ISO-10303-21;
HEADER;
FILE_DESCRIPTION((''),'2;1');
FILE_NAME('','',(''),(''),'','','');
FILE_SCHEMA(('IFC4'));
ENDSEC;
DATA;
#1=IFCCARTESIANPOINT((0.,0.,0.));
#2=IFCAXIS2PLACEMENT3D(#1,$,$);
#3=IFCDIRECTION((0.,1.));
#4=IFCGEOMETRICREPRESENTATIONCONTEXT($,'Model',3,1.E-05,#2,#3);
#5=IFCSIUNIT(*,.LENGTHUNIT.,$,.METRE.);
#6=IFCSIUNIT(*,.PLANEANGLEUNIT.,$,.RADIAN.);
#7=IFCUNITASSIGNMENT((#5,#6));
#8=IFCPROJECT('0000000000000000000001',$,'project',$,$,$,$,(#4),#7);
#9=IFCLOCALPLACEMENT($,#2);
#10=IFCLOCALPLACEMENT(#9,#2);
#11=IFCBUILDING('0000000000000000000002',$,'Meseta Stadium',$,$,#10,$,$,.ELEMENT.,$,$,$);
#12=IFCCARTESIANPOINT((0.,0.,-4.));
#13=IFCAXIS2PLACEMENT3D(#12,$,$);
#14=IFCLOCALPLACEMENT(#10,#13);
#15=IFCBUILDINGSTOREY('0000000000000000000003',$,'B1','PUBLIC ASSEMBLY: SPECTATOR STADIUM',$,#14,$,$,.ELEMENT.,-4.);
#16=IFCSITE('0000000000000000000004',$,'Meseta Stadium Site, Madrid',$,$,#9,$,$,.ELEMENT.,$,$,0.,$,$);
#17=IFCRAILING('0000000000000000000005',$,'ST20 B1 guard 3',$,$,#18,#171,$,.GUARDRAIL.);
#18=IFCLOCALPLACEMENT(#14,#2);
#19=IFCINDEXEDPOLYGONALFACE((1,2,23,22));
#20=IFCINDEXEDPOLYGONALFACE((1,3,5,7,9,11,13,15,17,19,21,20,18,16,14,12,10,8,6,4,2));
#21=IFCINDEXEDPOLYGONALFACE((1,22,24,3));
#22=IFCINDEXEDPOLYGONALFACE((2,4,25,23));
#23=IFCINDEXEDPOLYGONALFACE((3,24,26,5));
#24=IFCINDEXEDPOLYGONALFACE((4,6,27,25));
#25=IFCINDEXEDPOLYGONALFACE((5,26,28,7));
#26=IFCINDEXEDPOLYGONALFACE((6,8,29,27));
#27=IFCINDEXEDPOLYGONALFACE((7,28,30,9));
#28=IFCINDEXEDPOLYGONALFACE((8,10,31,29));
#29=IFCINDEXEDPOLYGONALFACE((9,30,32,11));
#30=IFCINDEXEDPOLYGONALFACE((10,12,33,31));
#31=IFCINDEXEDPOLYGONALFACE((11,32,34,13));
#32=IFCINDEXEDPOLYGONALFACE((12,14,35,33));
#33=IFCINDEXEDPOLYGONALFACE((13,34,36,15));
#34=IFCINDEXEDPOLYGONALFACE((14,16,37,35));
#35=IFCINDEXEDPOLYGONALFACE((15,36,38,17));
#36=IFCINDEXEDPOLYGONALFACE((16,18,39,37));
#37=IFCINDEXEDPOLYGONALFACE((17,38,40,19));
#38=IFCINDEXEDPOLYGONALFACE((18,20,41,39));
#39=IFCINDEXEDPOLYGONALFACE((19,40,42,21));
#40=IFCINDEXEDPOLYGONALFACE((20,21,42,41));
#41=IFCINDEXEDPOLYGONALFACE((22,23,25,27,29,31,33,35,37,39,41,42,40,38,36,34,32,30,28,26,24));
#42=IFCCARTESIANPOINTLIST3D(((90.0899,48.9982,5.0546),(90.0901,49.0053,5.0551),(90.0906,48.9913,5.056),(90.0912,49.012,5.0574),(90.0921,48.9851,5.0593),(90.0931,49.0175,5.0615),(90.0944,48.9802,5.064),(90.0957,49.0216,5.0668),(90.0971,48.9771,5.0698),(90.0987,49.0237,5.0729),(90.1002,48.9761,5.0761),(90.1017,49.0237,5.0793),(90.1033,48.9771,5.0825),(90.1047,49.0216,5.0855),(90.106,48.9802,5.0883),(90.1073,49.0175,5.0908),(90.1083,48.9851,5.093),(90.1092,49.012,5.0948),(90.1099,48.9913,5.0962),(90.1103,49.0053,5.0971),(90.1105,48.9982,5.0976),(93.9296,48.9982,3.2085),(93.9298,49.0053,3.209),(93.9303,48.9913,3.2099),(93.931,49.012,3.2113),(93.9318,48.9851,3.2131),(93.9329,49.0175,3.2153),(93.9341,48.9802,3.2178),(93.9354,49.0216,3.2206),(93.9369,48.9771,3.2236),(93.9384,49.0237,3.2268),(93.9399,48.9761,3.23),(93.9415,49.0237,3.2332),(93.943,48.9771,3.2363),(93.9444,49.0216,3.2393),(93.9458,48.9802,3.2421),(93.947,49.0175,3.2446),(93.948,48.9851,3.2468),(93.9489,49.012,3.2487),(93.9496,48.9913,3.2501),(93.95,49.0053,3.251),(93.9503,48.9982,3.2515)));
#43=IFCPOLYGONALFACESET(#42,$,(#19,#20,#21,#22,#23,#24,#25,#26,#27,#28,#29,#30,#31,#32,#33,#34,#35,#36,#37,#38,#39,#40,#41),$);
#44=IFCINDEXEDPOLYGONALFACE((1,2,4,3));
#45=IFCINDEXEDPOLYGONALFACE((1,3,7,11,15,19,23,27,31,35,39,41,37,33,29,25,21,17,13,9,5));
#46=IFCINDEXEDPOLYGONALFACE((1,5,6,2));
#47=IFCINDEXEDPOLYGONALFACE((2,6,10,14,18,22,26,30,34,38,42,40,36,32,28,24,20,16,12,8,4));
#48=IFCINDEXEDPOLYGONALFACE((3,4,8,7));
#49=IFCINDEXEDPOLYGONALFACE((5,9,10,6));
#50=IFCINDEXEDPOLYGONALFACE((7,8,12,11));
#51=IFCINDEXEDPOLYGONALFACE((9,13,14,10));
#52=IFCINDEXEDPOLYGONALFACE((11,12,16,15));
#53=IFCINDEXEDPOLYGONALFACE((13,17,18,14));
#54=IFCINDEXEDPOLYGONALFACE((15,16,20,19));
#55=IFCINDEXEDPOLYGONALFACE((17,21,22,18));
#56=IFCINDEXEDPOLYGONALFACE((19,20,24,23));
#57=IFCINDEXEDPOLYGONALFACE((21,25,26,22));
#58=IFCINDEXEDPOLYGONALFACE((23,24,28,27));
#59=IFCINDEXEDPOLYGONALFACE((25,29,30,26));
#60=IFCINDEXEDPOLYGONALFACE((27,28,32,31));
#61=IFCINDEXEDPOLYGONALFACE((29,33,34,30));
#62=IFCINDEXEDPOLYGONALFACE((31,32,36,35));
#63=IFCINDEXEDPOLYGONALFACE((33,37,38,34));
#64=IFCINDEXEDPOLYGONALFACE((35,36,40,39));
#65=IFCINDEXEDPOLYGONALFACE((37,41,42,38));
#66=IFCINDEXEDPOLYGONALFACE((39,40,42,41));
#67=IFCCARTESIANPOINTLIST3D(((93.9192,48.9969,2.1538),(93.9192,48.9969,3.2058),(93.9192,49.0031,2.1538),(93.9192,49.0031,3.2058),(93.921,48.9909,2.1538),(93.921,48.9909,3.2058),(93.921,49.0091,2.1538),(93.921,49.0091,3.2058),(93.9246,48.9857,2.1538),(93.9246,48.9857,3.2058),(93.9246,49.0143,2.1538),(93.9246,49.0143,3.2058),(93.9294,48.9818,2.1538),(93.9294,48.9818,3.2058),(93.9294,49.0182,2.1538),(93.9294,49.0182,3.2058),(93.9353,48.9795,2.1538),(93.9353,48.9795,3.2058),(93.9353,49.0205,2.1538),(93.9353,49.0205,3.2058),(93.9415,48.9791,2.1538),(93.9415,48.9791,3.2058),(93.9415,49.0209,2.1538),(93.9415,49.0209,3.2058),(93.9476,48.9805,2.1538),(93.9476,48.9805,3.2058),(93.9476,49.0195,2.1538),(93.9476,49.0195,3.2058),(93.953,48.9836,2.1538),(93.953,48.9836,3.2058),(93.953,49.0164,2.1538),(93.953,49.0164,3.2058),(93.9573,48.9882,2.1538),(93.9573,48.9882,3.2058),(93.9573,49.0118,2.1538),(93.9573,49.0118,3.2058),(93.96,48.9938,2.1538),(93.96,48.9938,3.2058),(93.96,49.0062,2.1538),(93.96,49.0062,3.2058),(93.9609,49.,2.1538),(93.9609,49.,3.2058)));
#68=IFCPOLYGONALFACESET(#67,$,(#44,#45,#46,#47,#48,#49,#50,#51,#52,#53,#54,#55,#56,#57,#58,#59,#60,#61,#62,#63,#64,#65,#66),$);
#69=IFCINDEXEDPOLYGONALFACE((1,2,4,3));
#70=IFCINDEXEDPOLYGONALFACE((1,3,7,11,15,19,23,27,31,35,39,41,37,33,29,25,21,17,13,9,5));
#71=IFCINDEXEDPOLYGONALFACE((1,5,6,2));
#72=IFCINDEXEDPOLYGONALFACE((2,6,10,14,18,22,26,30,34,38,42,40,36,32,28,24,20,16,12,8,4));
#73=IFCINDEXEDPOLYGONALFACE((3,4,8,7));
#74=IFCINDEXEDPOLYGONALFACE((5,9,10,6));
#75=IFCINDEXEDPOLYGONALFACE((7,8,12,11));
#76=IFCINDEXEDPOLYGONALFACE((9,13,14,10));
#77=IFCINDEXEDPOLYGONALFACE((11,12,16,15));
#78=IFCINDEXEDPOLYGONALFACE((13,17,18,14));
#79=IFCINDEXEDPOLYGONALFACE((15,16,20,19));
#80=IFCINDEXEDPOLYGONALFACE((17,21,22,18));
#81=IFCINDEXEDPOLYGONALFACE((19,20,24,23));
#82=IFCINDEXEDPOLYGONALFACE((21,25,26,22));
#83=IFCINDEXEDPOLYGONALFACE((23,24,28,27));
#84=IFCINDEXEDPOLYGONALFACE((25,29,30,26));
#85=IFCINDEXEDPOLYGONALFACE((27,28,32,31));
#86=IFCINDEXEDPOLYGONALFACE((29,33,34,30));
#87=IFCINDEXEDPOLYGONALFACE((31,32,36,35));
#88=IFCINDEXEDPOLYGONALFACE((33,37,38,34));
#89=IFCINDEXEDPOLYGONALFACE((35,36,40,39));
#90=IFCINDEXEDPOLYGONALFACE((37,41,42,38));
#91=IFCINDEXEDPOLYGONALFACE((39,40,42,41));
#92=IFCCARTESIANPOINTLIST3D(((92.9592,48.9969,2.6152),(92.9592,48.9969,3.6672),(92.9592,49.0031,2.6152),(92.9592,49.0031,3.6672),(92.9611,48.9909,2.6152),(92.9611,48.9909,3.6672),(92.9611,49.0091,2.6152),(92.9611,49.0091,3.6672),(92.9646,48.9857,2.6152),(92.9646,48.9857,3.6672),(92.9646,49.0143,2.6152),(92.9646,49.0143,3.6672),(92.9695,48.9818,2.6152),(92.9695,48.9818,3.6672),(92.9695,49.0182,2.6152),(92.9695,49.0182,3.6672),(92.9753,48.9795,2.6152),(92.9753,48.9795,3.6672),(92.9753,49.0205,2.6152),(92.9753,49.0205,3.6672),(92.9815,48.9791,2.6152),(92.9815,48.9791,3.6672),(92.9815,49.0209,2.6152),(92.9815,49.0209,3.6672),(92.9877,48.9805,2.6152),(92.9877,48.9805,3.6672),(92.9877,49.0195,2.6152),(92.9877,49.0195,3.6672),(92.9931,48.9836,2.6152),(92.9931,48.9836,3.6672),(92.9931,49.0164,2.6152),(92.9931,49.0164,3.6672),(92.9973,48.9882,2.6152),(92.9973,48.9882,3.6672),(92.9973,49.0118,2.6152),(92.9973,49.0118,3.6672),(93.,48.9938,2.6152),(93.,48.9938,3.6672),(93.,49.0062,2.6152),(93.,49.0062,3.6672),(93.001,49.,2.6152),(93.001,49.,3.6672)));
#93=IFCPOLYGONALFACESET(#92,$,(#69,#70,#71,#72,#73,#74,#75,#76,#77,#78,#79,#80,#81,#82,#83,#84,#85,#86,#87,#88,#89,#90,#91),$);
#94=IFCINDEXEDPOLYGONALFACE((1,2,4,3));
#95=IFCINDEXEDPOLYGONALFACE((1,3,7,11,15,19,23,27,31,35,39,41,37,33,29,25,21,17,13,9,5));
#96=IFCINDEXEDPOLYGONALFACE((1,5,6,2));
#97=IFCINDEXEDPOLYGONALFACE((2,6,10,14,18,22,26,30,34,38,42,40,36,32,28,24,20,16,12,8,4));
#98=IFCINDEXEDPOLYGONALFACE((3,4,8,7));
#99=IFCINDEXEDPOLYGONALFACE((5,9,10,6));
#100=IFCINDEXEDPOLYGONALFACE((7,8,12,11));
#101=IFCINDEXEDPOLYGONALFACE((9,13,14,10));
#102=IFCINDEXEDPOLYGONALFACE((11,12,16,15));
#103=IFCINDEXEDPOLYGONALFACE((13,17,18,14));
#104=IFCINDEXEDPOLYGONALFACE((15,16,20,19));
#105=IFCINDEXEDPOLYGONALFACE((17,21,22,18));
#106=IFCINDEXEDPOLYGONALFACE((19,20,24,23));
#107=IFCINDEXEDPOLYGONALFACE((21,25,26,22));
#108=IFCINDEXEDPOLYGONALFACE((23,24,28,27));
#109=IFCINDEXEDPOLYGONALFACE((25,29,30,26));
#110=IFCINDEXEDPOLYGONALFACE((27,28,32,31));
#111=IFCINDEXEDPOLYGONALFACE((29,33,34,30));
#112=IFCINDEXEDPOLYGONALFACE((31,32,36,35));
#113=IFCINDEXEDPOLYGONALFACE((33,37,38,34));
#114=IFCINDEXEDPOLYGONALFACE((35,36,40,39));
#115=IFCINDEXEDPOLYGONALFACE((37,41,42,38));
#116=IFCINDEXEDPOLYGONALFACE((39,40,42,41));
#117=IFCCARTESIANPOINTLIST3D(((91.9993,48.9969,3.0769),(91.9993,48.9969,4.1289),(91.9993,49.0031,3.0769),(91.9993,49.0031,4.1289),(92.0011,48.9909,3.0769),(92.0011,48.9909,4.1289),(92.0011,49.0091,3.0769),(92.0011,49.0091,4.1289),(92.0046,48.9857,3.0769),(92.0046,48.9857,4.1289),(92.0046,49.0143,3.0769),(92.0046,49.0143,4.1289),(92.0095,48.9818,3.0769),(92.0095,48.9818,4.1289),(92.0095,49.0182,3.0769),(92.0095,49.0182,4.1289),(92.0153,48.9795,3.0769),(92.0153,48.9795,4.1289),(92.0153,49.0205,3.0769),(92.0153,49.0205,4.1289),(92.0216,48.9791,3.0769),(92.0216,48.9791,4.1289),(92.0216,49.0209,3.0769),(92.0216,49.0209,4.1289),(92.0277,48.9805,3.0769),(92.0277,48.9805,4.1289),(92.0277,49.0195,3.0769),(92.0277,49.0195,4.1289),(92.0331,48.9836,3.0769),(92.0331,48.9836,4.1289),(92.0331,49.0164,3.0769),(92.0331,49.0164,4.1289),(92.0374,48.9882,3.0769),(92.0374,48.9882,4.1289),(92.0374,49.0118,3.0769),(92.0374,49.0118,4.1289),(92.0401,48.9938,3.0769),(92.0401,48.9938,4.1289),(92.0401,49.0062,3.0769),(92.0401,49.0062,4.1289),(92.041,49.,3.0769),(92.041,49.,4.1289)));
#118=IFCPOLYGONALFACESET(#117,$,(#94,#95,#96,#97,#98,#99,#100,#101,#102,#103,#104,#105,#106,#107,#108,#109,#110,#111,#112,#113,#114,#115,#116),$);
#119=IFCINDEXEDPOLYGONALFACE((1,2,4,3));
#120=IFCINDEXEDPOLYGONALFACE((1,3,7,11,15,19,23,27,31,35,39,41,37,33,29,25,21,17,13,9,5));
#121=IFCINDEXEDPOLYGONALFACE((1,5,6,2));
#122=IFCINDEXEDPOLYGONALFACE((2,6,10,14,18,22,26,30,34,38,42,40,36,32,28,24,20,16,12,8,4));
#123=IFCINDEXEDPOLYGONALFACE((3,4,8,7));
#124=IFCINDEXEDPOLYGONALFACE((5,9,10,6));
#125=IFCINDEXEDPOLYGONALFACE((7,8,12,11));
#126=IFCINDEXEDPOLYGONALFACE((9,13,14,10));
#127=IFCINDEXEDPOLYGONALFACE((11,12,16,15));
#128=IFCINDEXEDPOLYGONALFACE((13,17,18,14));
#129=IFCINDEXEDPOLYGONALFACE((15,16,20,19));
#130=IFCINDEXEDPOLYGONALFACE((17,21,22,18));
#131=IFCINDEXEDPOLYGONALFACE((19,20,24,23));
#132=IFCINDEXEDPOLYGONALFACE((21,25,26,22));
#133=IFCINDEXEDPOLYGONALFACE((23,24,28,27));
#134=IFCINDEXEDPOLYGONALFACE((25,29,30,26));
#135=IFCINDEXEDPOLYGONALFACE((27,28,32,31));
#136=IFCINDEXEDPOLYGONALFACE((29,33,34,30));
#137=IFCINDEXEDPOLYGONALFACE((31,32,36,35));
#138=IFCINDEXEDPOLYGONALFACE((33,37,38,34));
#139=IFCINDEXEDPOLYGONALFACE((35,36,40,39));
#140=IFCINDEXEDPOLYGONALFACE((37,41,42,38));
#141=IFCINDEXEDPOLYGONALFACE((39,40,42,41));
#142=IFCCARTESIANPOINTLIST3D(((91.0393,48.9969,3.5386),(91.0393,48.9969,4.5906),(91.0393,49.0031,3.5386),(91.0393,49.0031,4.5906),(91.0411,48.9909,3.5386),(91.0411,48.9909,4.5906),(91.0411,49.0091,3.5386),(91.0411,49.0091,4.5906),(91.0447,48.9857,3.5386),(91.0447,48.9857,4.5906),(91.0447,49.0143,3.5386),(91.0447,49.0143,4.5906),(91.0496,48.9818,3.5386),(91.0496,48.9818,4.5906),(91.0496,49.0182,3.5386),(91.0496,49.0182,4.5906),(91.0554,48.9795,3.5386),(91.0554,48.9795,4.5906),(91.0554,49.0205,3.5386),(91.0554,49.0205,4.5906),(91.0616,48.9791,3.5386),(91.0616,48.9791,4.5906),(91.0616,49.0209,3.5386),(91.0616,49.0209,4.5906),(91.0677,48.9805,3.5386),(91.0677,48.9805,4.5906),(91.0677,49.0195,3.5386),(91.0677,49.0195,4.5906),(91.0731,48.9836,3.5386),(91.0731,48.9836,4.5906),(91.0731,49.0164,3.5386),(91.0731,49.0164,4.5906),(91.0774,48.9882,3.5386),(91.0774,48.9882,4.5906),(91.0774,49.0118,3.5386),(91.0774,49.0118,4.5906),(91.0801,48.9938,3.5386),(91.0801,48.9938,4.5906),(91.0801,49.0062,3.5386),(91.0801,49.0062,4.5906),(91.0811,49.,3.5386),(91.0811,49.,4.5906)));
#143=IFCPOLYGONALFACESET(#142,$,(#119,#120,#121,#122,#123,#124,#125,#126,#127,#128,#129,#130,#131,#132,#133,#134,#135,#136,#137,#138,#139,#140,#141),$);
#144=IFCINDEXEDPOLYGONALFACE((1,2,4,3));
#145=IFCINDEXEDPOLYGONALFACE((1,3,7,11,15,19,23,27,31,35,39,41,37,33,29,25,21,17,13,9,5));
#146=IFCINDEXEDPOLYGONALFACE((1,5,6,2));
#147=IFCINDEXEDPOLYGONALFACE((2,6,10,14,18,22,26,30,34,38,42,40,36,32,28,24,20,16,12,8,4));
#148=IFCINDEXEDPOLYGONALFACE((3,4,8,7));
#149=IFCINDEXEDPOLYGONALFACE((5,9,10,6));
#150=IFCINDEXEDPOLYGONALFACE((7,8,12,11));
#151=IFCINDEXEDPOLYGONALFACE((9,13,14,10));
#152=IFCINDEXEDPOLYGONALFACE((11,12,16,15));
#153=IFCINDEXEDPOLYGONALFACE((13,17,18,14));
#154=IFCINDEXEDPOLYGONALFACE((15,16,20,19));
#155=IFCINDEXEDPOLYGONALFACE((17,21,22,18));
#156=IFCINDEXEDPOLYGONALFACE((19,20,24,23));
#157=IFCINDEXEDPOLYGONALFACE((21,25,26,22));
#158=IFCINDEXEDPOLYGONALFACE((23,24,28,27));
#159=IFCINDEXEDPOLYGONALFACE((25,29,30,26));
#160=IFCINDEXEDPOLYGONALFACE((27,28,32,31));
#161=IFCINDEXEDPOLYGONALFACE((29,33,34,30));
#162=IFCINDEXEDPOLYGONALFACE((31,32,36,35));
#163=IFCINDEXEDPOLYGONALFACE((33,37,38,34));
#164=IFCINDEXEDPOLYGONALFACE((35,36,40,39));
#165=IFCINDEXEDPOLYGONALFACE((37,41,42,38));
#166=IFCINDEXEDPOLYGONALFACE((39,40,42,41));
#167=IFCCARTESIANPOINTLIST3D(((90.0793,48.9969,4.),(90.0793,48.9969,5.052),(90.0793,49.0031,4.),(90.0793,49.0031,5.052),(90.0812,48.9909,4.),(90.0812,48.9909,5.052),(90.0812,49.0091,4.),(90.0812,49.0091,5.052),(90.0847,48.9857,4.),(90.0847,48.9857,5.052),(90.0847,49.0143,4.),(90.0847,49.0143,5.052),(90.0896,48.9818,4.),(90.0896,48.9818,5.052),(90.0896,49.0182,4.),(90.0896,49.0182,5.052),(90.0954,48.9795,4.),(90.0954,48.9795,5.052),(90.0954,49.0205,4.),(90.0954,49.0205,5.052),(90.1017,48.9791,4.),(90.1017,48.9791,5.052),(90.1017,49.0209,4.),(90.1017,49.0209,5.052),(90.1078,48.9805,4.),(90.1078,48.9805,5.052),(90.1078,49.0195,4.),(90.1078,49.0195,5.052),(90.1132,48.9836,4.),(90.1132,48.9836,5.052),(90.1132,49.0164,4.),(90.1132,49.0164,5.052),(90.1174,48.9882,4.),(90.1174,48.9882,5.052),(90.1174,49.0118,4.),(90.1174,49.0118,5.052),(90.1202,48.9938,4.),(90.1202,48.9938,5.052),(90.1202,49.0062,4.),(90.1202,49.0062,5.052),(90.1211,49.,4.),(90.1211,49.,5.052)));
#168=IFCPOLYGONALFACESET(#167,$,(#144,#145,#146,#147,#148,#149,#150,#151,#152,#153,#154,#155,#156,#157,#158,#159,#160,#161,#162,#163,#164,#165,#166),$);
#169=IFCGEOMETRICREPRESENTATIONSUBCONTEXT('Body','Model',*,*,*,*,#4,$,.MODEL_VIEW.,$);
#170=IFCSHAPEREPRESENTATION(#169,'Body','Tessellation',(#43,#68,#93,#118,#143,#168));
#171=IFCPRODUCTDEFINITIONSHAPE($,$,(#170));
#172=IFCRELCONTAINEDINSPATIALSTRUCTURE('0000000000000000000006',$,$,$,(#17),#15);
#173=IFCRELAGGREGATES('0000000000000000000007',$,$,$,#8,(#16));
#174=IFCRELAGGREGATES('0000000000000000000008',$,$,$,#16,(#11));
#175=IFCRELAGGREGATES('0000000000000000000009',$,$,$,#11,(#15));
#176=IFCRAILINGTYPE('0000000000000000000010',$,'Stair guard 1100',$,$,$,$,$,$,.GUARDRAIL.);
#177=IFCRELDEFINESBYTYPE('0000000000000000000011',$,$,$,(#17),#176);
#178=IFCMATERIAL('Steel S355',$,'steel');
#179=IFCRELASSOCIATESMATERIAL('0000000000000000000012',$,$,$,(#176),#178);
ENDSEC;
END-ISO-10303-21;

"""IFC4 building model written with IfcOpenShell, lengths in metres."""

from ifc_helpers import new_model, si_unit, direction, frame, origin, origin_2d, place, context, subcontext, project, spatial, circle, extrude, material, type_object, element, save


model = new_model("IFC4")

# Units and contexts
model_context = context("Model", 3, precision=1e-05, world=origin(), true_north=direction((0.0, 1.0)))
body_context = subcontext(model_context, "Body", "Model", "MODEL_VIEW")
ifc_project = project(units=[si_unit("LENGTHUNIT", "METRE"), si_unit("PLANEANGLEUNIT", "RADIAN")], contexts=[model_context])

# Site, building, storey
site_placement = place(None, origin())
site = spatial("IfcSite", under=ifc_project, at=site_placement, Name="Meseta Stadium Site, Madrid", CompositionType="ELEMENT", RefElevation=0.0)
building_placement = place(site_placement, origin())
building = spatial("IfcBuilding", under=site, at=building_placement, Name="Meseta Stadium", CompositionType="ELEMENT")
storey_placement = place(building_placement, frame((0.0, 0.0, -4.0)))
storey = spatial("IfcBuildingStorey", under=building, at=storey_placement, Name="B1", Description="PUBLIC ASSEMBLY: SPECTATOR STADIUM", CompositionType="ELEMENT", Elevation=-4.0)

# Railing
ifc_material_1 = material(Name="Steel S355", Category="steel")
railing_type_1 = type_object("IfcRailingType", Name="Stair guard 1100", PredefinedType="GUARDRAIL", material=ifc_material_1)
railing_1_placement = place(storey_placement, frame((93.9399, 49.0, 2.1538)))
element("IfcRailing", 1, at=railing_1_placement, inside=storey, type_object=railing_type_1, Name="ST20 B1 guard 3", PredefinedType="GUARDRAIL", context=body_context, shape_type="SweptSolid", body=[
    extrude(circle(Radius=0.0239, at=origin_2d()), frame((0.0, 0.0, 1.0762), z_axis=(-0.901242, 0.0, 0.433316), x_axis=(0.0, -1.0, 0.0)), (0.0, 0.0, 1.0), 4.2605),
    extrude(circle(Radius=0.021, at=origin_2d()), origin(), (0.0, 0.0, 1.0), 1.052),
    extrude(circle(Radius=0.021, at=origin_2d()), frame((-0.96, 0.0, 0.4614)), (0.0, 0.0, 1.0), 1.052),
    extrude(circle(Radius=0.021, at=origin_2d()), frame((-1.9199, 0.0, 0.9231)), (0.0, 0.0, 1.0), 1.052),
    extrude(circle(Radius=0.021, at=origin_2d()), frame((-2.8799, 0.0, 1.3848)), (0.0, 0.0, 1.0), 1.052),
    extrude(circle(Radius=0.021, at=origin_2d()), frame((-3.8398, 0.0, 1.8462)), (0.0, 0.0, 1.0), 1.052),
])

save(model, "model.ifc")
